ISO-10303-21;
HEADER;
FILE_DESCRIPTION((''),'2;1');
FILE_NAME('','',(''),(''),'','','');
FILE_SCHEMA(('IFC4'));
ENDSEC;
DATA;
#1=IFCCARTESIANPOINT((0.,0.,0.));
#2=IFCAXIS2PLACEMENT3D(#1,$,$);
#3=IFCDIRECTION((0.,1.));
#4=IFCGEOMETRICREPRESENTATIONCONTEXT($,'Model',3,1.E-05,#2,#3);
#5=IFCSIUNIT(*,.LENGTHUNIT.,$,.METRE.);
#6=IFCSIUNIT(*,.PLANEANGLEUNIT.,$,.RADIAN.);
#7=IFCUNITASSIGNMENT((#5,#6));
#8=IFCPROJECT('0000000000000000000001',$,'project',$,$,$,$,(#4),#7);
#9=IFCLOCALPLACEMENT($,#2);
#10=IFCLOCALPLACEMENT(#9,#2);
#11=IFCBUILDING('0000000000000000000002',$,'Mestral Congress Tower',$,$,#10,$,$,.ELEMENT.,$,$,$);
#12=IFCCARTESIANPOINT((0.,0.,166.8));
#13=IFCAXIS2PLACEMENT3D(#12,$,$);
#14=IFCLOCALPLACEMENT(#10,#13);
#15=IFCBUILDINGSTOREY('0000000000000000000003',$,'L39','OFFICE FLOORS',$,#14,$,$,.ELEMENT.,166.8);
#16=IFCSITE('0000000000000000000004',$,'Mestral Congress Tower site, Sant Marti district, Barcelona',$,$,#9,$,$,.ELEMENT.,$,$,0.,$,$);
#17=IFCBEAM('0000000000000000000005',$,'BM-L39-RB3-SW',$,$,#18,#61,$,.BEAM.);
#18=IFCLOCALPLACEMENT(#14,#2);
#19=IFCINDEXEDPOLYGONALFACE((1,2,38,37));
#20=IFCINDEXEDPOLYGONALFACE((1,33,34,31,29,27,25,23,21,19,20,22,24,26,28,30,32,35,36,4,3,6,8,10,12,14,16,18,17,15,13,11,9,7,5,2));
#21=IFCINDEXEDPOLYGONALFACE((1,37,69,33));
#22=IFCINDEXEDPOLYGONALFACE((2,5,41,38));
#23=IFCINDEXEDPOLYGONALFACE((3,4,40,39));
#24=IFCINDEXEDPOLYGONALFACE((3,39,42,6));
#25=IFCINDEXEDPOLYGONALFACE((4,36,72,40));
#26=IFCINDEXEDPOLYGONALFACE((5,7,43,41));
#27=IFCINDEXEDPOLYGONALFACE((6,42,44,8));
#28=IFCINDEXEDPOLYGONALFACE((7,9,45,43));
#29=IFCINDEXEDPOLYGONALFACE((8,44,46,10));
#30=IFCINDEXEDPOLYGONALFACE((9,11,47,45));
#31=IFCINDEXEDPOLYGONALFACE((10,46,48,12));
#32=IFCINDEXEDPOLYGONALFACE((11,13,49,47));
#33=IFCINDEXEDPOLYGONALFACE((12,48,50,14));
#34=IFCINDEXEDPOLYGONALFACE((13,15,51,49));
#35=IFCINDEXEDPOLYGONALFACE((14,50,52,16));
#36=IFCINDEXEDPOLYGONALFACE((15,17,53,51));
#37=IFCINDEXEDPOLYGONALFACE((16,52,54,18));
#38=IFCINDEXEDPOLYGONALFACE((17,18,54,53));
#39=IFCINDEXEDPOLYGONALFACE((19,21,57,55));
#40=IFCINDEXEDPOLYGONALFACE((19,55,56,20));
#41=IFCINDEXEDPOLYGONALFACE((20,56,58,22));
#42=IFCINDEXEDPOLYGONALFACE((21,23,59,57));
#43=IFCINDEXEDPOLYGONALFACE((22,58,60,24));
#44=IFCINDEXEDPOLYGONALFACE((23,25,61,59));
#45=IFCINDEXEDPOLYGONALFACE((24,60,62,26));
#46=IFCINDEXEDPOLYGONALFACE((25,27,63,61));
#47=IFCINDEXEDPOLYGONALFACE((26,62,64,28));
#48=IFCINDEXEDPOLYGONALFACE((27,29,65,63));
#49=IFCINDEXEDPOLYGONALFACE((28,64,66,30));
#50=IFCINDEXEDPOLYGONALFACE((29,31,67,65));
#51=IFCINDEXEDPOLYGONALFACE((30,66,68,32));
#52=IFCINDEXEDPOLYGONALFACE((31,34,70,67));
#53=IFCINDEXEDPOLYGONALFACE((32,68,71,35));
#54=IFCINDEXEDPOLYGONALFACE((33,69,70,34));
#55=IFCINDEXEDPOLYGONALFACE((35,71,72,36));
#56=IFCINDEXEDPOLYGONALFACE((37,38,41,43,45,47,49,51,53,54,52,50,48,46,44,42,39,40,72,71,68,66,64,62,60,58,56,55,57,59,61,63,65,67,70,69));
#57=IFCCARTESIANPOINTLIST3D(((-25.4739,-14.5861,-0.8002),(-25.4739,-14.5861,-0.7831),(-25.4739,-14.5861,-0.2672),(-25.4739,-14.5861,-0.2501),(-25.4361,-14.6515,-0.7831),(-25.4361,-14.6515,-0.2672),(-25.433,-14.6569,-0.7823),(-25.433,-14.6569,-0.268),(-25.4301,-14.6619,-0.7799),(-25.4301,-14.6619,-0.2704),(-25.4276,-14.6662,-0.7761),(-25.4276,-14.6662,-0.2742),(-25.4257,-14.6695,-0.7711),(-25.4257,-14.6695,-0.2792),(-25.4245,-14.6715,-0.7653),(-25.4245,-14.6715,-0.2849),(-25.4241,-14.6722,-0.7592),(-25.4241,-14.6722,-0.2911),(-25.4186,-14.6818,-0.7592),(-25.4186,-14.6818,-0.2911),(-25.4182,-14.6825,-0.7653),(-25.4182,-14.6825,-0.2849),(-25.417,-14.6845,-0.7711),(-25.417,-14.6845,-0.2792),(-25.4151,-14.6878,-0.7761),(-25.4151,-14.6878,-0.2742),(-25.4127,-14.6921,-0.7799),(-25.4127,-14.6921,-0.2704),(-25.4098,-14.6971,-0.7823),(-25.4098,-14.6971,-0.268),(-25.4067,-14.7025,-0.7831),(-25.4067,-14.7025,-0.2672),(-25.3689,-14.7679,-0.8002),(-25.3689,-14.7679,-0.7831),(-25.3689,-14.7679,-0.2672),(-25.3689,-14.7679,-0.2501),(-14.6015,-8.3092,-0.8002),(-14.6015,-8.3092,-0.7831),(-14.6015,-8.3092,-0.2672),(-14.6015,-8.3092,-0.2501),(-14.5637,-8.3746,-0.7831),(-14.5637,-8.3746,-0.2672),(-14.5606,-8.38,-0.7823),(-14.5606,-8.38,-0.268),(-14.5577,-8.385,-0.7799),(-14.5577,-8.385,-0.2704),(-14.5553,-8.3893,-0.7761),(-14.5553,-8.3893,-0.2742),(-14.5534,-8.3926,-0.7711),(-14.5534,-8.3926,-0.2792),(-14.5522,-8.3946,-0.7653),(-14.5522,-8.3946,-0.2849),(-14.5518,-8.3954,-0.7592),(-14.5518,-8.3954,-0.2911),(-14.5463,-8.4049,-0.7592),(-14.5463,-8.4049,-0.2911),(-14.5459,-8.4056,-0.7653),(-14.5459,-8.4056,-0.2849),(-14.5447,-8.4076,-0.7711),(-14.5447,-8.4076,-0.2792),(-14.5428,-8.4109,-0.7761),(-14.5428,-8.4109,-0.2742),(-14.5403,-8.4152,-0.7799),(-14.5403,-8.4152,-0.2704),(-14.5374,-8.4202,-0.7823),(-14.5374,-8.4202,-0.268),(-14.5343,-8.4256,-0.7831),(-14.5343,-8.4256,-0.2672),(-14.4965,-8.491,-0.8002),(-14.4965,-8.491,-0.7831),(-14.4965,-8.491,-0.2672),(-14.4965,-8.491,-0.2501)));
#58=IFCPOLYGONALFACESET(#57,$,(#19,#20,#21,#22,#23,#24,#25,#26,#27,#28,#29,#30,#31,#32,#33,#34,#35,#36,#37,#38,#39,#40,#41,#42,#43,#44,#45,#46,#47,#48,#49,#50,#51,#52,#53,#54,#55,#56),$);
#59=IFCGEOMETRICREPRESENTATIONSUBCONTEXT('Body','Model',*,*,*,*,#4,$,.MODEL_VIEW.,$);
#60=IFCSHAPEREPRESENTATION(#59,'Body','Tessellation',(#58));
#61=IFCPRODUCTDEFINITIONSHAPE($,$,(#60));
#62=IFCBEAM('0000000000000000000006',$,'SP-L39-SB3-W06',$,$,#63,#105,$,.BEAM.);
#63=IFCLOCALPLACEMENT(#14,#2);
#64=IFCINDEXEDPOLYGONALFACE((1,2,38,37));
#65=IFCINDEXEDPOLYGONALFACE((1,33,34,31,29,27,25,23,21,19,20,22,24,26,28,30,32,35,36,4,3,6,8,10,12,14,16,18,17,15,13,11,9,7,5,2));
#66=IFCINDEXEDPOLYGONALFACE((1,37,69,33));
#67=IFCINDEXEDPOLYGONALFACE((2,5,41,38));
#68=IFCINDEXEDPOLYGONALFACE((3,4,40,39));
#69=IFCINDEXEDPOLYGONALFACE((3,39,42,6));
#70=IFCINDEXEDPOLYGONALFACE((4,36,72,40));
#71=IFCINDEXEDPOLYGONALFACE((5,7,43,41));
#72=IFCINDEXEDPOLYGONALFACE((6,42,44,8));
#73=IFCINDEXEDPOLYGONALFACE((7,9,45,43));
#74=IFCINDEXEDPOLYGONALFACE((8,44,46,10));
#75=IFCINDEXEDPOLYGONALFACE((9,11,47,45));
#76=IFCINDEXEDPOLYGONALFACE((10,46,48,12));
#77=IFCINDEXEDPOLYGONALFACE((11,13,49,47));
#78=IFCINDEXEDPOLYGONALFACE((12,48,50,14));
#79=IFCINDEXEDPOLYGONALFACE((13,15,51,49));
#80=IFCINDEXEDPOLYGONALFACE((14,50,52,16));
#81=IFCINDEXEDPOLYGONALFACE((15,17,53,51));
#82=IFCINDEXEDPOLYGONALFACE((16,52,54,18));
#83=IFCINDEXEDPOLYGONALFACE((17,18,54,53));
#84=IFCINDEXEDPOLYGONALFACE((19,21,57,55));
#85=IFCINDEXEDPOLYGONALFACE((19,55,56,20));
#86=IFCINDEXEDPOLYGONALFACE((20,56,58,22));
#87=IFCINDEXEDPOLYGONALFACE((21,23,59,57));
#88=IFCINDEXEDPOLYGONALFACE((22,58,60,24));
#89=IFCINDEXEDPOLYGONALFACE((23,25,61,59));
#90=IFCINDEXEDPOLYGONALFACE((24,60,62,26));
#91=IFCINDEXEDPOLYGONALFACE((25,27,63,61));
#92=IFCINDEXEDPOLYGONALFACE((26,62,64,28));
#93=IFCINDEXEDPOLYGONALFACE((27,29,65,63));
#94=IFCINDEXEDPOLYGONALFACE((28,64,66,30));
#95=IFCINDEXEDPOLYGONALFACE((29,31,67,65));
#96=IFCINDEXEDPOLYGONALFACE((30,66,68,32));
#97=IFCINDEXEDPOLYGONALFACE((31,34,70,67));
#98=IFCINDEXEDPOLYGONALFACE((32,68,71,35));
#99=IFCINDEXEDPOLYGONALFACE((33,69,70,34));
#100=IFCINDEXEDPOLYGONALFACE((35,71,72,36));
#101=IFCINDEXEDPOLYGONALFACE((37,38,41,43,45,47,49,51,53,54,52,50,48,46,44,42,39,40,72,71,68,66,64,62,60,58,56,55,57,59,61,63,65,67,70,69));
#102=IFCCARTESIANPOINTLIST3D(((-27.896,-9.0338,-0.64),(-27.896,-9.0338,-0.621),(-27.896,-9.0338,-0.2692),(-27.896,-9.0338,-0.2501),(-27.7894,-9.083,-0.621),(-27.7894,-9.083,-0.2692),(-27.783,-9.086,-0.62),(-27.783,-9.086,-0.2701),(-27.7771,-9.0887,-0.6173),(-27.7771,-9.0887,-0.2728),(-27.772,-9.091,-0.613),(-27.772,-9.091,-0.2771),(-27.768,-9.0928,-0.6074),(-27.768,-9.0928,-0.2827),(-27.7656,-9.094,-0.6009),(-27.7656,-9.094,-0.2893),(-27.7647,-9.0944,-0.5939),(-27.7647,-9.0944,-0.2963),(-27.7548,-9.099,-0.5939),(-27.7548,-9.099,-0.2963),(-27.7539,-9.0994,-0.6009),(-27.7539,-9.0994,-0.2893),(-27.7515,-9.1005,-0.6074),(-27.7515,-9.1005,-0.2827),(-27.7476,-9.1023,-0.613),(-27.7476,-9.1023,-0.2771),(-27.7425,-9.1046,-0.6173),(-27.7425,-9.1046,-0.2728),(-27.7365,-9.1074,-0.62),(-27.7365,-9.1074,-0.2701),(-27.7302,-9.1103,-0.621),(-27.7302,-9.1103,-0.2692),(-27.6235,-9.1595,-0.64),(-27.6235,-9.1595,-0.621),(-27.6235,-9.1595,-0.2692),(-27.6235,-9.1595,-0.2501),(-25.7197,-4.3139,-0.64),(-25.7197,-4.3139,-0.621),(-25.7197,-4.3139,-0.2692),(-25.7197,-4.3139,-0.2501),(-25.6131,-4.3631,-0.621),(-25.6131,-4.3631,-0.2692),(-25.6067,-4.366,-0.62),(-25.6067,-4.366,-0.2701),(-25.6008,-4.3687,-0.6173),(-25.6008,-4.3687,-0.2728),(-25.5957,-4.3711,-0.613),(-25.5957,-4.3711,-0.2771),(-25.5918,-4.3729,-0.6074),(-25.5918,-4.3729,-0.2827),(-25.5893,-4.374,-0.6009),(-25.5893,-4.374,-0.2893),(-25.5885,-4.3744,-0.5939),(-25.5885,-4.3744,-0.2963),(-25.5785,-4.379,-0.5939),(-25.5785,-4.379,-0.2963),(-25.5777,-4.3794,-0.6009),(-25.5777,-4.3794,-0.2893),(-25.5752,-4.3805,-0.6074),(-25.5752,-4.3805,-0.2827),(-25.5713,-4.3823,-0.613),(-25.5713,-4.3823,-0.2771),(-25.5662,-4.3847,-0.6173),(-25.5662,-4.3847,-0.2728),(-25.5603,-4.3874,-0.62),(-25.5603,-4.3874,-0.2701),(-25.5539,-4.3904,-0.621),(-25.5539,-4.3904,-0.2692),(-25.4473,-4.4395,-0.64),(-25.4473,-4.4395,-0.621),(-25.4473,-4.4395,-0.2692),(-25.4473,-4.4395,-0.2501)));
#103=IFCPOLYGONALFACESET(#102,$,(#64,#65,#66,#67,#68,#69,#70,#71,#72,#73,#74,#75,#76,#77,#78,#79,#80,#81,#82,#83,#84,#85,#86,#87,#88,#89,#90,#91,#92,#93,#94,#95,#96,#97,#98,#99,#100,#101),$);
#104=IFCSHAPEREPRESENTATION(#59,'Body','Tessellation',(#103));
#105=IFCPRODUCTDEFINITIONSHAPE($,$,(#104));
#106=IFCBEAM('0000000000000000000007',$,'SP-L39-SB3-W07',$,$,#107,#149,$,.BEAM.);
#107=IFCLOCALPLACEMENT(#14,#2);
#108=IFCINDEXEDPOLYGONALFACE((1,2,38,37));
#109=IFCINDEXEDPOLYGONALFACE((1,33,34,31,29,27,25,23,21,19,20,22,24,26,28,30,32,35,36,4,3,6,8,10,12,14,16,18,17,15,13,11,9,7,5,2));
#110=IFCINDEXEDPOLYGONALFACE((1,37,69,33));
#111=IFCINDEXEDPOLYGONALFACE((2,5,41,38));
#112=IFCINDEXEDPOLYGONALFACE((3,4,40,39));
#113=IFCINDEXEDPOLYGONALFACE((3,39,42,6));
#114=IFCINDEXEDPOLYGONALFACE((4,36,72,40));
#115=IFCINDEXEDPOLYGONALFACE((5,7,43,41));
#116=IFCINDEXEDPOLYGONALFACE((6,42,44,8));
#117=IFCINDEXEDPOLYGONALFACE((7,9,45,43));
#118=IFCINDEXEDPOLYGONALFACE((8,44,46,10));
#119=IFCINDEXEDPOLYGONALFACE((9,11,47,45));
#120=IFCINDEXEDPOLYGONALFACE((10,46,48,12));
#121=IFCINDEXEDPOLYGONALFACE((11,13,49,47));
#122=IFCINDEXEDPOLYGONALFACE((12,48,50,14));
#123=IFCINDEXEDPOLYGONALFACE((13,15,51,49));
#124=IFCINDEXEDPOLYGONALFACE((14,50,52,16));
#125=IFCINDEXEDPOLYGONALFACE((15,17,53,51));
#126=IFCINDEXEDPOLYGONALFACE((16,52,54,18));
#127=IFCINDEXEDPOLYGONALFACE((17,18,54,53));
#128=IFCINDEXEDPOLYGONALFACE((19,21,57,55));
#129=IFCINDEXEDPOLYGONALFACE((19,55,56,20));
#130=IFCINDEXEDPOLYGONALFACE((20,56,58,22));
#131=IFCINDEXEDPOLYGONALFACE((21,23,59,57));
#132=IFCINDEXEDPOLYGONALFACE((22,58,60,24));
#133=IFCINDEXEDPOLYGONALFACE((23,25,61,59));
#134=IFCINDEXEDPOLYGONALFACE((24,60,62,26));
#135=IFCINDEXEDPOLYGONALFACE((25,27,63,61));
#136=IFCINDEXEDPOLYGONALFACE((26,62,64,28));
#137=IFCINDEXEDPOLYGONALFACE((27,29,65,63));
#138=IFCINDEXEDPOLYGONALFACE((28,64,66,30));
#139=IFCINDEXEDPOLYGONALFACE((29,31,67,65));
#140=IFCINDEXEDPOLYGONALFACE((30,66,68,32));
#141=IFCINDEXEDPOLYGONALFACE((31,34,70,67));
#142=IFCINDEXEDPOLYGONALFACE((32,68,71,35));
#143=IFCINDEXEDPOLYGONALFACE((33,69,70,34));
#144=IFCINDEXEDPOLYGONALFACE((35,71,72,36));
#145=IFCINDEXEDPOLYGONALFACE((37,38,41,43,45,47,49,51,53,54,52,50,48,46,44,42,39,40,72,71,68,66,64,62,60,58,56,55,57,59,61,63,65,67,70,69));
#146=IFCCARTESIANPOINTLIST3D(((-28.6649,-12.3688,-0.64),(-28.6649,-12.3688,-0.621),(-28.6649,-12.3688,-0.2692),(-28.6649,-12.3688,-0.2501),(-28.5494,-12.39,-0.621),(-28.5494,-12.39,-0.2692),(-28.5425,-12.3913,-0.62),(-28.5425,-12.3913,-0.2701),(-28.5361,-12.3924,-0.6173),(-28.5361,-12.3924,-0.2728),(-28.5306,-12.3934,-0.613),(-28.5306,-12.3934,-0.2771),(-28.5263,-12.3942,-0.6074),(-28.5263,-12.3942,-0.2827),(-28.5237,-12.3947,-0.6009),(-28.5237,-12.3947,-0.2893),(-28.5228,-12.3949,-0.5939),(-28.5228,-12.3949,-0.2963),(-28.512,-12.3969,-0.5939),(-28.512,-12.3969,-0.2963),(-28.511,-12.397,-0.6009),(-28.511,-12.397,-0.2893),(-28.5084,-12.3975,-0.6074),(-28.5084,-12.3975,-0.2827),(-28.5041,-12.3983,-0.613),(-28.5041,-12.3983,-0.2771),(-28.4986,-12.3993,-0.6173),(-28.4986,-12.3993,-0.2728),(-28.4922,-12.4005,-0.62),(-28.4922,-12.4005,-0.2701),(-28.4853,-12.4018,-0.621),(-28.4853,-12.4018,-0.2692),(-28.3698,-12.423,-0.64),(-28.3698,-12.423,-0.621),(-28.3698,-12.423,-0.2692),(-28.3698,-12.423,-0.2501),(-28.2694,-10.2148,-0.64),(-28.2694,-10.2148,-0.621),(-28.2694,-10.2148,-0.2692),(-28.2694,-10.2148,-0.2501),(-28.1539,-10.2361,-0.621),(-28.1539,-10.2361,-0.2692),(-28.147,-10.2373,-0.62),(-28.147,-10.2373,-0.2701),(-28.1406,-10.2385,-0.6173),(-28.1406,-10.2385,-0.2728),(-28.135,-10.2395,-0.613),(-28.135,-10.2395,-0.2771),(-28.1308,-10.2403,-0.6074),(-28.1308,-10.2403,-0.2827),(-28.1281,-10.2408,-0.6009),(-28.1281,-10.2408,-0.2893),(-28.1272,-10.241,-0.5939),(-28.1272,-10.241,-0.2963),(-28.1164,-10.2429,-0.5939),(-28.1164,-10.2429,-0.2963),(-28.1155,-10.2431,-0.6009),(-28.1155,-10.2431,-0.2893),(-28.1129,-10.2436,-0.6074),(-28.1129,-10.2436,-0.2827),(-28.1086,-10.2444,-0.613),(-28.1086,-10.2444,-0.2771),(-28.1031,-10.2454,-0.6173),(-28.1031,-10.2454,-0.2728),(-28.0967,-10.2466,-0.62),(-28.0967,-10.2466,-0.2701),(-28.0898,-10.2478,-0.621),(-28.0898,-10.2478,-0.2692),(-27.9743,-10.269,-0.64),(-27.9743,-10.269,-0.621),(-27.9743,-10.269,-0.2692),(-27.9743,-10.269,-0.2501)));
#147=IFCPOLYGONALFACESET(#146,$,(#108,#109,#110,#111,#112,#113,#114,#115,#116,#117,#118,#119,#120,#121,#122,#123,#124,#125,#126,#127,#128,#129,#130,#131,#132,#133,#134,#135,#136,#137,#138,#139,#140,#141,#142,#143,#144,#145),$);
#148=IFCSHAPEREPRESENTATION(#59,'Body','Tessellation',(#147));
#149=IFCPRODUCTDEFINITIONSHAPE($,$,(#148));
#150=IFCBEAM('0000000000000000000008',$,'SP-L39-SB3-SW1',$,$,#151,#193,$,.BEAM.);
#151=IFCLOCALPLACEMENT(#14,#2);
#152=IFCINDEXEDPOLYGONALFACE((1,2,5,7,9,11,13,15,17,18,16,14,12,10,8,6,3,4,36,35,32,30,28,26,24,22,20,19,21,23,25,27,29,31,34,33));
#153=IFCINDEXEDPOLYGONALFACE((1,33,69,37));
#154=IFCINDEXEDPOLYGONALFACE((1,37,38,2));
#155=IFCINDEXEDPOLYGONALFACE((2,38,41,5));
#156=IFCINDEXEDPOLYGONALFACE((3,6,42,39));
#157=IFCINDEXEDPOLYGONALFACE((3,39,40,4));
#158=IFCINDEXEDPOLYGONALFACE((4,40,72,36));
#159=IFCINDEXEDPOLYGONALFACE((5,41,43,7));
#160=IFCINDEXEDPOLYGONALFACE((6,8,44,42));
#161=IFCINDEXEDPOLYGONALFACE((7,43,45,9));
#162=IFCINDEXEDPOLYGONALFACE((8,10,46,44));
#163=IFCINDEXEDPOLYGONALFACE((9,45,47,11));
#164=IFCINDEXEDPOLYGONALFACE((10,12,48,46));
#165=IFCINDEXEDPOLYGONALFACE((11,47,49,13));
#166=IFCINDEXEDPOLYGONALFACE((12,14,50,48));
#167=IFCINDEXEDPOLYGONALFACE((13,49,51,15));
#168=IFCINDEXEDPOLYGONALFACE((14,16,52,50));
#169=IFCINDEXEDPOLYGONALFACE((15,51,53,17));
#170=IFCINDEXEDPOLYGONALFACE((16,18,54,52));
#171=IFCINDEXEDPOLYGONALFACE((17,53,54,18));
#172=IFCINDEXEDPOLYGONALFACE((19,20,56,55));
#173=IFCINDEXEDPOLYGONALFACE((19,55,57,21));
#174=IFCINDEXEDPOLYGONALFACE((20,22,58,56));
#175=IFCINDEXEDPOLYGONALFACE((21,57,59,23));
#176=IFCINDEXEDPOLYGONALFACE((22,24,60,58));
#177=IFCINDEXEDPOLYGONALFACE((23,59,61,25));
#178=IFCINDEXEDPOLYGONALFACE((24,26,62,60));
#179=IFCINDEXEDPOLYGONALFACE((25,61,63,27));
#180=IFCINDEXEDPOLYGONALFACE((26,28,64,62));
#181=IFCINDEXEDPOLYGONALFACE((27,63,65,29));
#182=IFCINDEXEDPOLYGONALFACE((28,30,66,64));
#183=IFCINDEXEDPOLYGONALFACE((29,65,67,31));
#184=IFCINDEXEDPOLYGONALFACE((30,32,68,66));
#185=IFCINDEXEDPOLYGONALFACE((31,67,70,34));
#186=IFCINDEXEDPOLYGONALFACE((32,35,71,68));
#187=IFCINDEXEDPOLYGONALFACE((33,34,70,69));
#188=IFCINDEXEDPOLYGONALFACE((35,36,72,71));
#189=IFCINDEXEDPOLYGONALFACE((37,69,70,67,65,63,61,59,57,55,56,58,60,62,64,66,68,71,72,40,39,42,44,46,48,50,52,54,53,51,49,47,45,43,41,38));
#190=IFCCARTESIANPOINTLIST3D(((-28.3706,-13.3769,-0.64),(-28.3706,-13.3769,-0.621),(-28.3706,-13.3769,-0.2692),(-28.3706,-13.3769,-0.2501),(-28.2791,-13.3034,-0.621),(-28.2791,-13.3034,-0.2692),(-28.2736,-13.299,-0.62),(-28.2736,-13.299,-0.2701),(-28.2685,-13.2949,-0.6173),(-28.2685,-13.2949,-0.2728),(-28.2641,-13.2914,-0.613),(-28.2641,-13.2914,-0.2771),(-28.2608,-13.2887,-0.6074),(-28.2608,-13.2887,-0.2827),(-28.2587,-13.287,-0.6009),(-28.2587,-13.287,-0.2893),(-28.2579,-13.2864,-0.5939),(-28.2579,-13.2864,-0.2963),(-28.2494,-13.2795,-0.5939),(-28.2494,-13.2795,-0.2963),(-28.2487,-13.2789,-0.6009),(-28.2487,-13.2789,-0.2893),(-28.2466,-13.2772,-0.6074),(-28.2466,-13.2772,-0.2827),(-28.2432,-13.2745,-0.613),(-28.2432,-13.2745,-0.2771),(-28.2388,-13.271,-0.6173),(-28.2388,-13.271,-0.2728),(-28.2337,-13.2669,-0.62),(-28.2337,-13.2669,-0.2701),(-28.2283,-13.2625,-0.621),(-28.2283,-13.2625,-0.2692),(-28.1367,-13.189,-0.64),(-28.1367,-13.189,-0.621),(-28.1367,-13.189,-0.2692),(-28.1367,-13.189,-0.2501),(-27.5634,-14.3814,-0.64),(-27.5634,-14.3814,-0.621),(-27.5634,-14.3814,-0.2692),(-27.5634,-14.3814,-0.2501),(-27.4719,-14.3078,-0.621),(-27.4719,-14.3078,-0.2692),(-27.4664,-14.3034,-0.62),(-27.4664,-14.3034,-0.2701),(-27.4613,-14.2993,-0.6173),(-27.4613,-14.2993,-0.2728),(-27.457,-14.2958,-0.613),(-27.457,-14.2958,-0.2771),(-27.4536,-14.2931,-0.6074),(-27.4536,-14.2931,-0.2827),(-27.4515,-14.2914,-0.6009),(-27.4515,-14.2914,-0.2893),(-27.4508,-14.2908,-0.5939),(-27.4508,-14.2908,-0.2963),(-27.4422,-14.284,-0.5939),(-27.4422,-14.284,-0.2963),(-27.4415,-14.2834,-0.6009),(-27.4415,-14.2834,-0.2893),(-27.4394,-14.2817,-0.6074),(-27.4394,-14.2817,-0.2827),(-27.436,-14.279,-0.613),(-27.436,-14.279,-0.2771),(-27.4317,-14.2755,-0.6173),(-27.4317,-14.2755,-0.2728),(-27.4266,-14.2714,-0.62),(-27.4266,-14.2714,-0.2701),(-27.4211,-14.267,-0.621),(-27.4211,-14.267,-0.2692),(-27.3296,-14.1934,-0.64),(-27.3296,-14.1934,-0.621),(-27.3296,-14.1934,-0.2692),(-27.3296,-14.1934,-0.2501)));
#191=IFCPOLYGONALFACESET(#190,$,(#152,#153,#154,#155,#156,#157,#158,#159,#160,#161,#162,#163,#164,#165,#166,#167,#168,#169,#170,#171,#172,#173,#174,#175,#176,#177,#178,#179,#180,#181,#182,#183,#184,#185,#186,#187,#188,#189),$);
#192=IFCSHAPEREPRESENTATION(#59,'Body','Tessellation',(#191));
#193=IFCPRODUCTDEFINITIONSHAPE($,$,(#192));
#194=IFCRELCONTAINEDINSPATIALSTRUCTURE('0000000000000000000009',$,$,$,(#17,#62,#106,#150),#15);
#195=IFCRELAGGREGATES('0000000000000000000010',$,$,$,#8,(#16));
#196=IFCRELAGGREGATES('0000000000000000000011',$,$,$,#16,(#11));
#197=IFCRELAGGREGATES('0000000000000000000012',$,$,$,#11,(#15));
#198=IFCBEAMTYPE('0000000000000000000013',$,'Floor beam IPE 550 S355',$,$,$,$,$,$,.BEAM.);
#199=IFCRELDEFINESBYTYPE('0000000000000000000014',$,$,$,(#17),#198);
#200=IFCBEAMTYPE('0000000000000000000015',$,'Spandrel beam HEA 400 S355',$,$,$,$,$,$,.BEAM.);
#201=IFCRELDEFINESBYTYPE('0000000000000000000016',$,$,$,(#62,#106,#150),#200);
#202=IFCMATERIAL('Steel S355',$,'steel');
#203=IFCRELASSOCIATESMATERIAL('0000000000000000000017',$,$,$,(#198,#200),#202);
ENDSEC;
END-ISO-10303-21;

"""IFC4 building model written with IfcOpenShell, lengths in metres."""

from ifc_helpers import new_model, si_unit, direction, frame, origin, origin_2d, place, context, subcontext, project, spatial, i_section, extrude, material, material_profile, profile_set, type_object, element, save


model = new_model("IFC4")

# Units and contexts
model_context = context("Model", 3, precision=1e-05, world=origin(), true_north=direction((0.0, 1.0)))
body_context = subcontext(model_context, "Body", "Model", "MODEL_VIEW")
ifc_project = project(units=[si_unit("LENGTHUNIT", "METRE"), si_unit("PLANEANGLEUNIT", "RADIAN")], contexts=[model_context])

# Site, building, storey
site_placement = place(None, origin())
site = spatial("IfcSite", under=ifc_project, at=site_placement, Name="Mestral Congress Tower site, Sant Marti district, Barcelona", CompositionType="ELEMENT", RefElevation=0.0)
building_placement = place(site_placement, origin())
building = spatial("IfcBuilding", under=site, at=building_placement, Name="Mestral Congress Tower", CompositionType="ELEMENT")
storey_placement = place(building_placement, frame((0.0, 0.0, 166.8)))
storey = spatial("IfcBuildingStorey", under=building, at=storey_placement, Name="L39", Description="OFFICE FLOORS", CompositionType="ELEMENT", Elevation=166.8)

# Beams
ifc_material_1 = material(Name="Steel S355", Category="steel")
ifc_material_profile_1 = material_profile(ifc_material_1, i_section(OverallWidth=0.21, OverallDepth=0.55, WebThickness=0.011, FlangeThickness=0.0171, FilletRadius=0.0239, at=origin_2d()), Name="IPE 550")
ifc_profile_set_1 = profile_set([ifc_material_profile_1], Name="Steel S355")
beam_type_1 = type_object("IfcBeamType", Name="Floor beam IPE 550 S355", PredefinedType="BEAM", material=ifc_profile_set_1)
beam_1_placement = place(storey_placement, frame((-25.4214, -14.677, -0.5251), z_axis=(0.866035, 0.499983, 0.0), x_axis=(-0.499983, 0.866035, 0.0)))
element("IfcBeam", 1, at=beam_1_placement, inside=storey, type_object=beam_type_1, Name="BM-L39-RB3-SW", PredefinedType="BEAM", context=body_context, shape_type="SweptSolid", body=[
    extrude(i_section(OverallWidth=0.21, OverallDepth=0.55, WebThickness=0.011, FlangeThickness=0.0171, FilletRadius=0.0239, at=origin_2d()), origin(), (0.0, 0.0, 1.0), 12.5542),
])
ifc_material_profile_2 = material_profile(ifc_material_1, i_section(OverallWidth=0.3, OverallDepth=0.3899, WebThickness=0.011, FlangeThickness=0.019, FilletRadius=0.0271, at=origin_2d()), Name="HEA 400")
ifc_profile_set_2 = profile_set([ifc_material_profile_2], Name="Steel S355")
beam_type_2 = type_object("IfcBeamType", Name="Spandrel beam HEA 400 S355", PredefinedType="BEAM", material=ifc_profile_set_2)
beam_2_placement = place(storey_placement, frame((-25.5835, -4.3767, -0.4451), z_axis=(-0.418713, -0.908119, 0.0), x_axis=(0.908119, -0.418713, 0.0)))
element("IfcBeam", 2, at=beam_2_placement, inside=storey, type_object=beam_type_2, Name="SP-L39-SB3-W06", PredefinedType="BEAM", context=body_context, shape_type="SweptSolid", body=[
    extrude(i_section(OverallWidth=0.3, OverallDepth=0.3899, WebThickness=0.011, FlangeThickness=0.019, FilletRadius=0.0271, at=origin_2d()), origin(), (0.0, 0.0, 1.0), 5.1975),
])
beam_3_placement = place(storey_placement, frame((-28.1218, -10.2419, -0.4451), z_axis=(-0.180612, -0.983554, 0.0), x_axis=(0.983554, -0.180612, 0.0)))
element("IfcBeam", 3, at=beam_3_placement, inside=storey, type_object=beam_type_2, Name="SP-L39-SB3-W07", PredefinedType="BEAM", context=body_context, shape_type="SweptSolid", body=[
    extrude(i_section(OverallWidth=0.3, OverallDepth=0.3899, WebThickness=0.011, FlangeThickness=0.019, FilletRadius=0.0271, at=origin_2d()), origin(), (0.0, 0.0, 1.0), 2.1899),
])
beam_4_placement = place(storey_placement, frame((-28.2537, -13.283, -0.4451), z_axis=(0.626403, -0.779499, 0.0), x_axis=(0.779499, 0.626403, 0.0)))
element("IfcBeam", 4, at=beam_4_placement, inside=storey, type_object=beam_type_2, Name="SP-L39-SB3-SW1", PredefinedType="BEAM", context=body_context, shape_type="SweptSolid", body=[
    extrude(i_section(OverallWidth=0.3, OverallDepth=0.3899, WebThickness=0.011, FlangeThickness=0.019, FilletRadius=0.0271, at=origin_2d()), origin(), (0.0, 0.0, 1.0), 1.2886),
])

save(model, "model.ifc")
